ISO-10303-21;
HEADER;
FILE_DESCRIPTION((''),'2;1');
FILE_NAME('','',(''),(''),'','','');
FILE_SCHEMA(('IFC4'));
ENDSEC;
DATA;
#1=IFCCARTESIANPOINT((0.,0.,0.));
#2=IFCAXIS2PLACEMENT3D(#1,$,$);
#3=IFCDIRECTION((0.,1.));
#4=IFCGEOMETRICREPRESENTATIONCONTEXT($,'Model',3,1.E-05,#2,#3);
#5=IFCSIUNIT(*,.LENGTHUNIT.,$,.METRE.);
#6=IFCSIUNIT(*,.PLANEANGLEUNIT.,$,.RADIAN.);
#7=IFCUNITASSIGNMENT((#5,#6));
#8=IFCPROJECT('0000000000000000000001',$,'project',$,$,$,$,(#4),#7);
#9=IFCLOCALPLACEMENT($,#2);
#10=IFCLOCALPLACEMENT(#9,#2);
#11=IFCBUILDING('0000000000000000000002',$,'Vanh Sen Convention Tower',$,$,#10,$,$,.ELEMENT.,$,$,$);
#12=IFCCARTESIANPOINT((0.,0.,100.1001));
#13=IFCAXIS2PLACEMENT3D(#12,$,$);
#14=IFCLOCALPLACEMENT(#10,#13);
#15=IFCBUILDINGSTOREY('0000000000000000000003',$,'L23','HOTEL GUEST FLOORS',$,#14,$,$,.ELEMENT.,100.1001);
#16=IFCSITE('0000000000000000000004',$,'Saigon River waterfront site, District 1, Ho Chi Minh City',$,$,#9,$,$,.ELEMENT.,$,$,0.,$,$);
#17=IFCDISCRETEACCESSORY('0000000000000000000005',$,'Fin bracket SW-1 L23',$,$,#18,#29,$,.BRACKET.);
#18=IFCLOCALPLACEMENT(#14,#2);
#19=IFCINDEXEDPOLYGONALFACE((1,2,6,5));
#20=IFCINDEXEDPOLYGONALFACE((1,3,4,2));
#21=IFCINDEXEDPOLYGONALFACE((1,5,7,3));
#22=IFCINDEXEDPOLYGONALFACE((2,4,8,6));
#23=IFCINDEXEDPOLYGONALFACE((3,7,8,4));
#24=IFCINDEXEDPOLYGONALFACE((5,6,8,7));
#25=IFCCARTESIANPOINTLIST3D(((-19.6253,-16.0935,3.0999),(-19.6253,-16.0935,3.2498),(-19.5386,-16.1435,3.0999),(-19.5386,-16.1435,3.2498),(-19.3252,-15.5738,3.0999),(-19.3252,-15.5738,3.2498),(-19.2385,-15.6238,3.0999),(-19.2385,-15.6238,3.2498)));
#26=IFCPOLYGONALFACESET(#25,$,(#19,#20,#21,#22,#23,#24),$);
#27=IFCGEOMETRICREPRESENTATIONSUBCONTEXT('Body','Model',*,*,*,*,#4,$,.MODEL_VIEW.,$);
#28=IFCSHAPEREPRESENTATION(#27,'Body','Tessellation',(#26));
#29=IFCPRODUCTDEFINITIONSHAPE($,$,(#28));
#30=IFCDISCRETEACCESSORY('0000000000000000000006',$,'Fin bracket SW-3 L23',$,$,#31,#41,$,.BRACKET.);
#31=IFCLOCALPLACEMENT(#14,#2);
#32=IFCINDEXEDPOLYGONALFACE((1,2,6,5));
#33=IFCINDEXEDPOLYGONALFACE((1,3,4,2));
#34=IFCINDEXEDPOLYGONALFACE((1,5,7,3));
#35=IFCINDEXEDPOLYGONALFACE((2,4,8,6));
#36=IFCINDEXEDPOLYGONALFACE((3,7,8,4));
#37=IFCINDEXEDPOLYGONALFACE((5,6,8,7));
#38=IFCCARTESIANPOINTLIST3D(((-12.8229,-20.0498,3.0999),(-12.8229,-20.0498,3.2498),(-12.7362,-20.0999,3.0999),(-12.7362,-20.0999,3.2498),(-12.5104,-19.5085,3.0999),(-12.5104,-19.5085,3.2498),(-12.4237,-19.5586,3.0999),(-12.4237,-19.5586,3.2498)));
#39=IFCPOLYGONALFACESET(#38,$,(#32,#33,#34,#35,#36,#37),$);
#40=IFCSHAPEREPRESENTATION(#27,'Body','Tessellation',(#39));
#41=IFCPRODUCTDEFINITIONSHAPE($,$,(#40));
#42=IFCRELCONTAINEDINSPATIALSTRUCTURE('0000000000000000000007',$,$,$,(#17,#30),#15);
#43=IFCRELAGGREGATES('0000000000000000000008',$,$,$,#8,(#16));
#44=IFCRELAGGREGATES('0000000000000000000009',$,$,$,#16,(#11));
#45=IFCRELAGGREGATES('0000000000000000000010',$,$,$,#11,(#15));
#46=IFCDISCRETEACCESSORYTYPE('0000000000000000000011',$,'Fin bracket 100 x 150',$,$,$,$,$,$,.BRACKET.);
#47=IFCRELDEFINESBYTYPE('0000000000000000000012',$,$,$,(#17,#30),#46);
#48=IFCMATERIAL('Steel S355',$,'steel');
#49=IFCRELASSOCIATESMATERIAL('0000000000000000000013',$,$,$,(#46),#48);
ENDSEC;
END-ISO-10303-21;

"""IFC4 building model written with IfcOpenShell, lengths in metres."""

from ifc_helpers import new_model, si_unit, direction, frame, origin, origin_2d, place, context, subcontext, project, spatial, rectangle, extrude, material, type_object, element, save


model = new_model("IFC4")

# Units and contexts
model_context = context("Model", 3, precision=1e-05, world=origin(), true_north=direction((0.0, 1.0)))
body_context = subcontext(model_context, "Body", "Model", "MODEL_VIEW")
ifc_project = project(units=[si_unit("LENGTHUNIT", "METRE"), si_unit("PLANEANGLEUNIT", "RADIAN")], contexts=[model_context])

# Site, building, storey
site_placement = place(None, origin())
site = spatial("IfcSite", under=ifc_project, at=site_placement, Name="Saigon River waterfront site, District 1, Ho Chi Minh City", CompositionType="ELEMENT", RefElevation=0.0)
building_placement = place(site_placement, origin())
building = spatial("IfcBuilding", under=site, at=building_placement, Name="Vanh Sen Convention Tower", CompositionType="ELEMENT")
storey_placement = place(building_placement, frame((0.0, 0.0, 100.1001)))
storey = spatial("IfcBuildingStorey", under=building, at=storey_placement, Name="L23", Description="HOTEL GUEST FLOORS", CompositionType="ELEMENT", Elevation=100.1001)

# Discrete accessories
ifc_material_1 = material(Name="Steel S355", Category="steel")
discrete_accessory_type = type_object("IfcDiscreteAccessoryType", Name="Fin bracket 100 x 150", PredefinedType="BRACKET", material=ifc_material_1)
discrete_accessory_1_placement = place(storey_placement, frame((-19.4319, -15.8586, 3.0999), z_axis=(0.0, 0.0, 1.0), x_axis=(-0.5, -0.866025, 0.0)))
element("IfcDiscreteAccessory", 1, at=discrete_accessory_1_placement, inside=storey, type_object=discrete_accessory_type, Name="Fin bracket SW-1 L23", PredefinedType="BRACKET", context=body_context, shape_type="SweptSolid", body=[
    extrude(rectangle(XDim=0.6001, YDim=0.1001, at=origin_2d()), origin(), (0.0, 0.0, 1.0), 0.1499),
])
discrete_accessory_2_placement = place(storey_placement, frame((-12.6233, -19.8042, 3.0999), z_axis=(0.0, 0.0, 1.0), x_axis=(-0.5, -0.866025, 0.0)))
element("IfcDiscreteAccessory", 2, at=discrete_accessory_2_placement, inside=storey, type_object=discrete_accessory_type, Name="Fin bracket SW-3 L23", PredefinedType="BRACKET", context=body_context, shape_type="SweptSolid", body=[
    extrude(rectangle(XDim=0.625, YDim=0.1001, at=origin_2d()), origin(), (0.0, 0.0, 1.0), 0.1499),
])

save(model, "model.ifc")
